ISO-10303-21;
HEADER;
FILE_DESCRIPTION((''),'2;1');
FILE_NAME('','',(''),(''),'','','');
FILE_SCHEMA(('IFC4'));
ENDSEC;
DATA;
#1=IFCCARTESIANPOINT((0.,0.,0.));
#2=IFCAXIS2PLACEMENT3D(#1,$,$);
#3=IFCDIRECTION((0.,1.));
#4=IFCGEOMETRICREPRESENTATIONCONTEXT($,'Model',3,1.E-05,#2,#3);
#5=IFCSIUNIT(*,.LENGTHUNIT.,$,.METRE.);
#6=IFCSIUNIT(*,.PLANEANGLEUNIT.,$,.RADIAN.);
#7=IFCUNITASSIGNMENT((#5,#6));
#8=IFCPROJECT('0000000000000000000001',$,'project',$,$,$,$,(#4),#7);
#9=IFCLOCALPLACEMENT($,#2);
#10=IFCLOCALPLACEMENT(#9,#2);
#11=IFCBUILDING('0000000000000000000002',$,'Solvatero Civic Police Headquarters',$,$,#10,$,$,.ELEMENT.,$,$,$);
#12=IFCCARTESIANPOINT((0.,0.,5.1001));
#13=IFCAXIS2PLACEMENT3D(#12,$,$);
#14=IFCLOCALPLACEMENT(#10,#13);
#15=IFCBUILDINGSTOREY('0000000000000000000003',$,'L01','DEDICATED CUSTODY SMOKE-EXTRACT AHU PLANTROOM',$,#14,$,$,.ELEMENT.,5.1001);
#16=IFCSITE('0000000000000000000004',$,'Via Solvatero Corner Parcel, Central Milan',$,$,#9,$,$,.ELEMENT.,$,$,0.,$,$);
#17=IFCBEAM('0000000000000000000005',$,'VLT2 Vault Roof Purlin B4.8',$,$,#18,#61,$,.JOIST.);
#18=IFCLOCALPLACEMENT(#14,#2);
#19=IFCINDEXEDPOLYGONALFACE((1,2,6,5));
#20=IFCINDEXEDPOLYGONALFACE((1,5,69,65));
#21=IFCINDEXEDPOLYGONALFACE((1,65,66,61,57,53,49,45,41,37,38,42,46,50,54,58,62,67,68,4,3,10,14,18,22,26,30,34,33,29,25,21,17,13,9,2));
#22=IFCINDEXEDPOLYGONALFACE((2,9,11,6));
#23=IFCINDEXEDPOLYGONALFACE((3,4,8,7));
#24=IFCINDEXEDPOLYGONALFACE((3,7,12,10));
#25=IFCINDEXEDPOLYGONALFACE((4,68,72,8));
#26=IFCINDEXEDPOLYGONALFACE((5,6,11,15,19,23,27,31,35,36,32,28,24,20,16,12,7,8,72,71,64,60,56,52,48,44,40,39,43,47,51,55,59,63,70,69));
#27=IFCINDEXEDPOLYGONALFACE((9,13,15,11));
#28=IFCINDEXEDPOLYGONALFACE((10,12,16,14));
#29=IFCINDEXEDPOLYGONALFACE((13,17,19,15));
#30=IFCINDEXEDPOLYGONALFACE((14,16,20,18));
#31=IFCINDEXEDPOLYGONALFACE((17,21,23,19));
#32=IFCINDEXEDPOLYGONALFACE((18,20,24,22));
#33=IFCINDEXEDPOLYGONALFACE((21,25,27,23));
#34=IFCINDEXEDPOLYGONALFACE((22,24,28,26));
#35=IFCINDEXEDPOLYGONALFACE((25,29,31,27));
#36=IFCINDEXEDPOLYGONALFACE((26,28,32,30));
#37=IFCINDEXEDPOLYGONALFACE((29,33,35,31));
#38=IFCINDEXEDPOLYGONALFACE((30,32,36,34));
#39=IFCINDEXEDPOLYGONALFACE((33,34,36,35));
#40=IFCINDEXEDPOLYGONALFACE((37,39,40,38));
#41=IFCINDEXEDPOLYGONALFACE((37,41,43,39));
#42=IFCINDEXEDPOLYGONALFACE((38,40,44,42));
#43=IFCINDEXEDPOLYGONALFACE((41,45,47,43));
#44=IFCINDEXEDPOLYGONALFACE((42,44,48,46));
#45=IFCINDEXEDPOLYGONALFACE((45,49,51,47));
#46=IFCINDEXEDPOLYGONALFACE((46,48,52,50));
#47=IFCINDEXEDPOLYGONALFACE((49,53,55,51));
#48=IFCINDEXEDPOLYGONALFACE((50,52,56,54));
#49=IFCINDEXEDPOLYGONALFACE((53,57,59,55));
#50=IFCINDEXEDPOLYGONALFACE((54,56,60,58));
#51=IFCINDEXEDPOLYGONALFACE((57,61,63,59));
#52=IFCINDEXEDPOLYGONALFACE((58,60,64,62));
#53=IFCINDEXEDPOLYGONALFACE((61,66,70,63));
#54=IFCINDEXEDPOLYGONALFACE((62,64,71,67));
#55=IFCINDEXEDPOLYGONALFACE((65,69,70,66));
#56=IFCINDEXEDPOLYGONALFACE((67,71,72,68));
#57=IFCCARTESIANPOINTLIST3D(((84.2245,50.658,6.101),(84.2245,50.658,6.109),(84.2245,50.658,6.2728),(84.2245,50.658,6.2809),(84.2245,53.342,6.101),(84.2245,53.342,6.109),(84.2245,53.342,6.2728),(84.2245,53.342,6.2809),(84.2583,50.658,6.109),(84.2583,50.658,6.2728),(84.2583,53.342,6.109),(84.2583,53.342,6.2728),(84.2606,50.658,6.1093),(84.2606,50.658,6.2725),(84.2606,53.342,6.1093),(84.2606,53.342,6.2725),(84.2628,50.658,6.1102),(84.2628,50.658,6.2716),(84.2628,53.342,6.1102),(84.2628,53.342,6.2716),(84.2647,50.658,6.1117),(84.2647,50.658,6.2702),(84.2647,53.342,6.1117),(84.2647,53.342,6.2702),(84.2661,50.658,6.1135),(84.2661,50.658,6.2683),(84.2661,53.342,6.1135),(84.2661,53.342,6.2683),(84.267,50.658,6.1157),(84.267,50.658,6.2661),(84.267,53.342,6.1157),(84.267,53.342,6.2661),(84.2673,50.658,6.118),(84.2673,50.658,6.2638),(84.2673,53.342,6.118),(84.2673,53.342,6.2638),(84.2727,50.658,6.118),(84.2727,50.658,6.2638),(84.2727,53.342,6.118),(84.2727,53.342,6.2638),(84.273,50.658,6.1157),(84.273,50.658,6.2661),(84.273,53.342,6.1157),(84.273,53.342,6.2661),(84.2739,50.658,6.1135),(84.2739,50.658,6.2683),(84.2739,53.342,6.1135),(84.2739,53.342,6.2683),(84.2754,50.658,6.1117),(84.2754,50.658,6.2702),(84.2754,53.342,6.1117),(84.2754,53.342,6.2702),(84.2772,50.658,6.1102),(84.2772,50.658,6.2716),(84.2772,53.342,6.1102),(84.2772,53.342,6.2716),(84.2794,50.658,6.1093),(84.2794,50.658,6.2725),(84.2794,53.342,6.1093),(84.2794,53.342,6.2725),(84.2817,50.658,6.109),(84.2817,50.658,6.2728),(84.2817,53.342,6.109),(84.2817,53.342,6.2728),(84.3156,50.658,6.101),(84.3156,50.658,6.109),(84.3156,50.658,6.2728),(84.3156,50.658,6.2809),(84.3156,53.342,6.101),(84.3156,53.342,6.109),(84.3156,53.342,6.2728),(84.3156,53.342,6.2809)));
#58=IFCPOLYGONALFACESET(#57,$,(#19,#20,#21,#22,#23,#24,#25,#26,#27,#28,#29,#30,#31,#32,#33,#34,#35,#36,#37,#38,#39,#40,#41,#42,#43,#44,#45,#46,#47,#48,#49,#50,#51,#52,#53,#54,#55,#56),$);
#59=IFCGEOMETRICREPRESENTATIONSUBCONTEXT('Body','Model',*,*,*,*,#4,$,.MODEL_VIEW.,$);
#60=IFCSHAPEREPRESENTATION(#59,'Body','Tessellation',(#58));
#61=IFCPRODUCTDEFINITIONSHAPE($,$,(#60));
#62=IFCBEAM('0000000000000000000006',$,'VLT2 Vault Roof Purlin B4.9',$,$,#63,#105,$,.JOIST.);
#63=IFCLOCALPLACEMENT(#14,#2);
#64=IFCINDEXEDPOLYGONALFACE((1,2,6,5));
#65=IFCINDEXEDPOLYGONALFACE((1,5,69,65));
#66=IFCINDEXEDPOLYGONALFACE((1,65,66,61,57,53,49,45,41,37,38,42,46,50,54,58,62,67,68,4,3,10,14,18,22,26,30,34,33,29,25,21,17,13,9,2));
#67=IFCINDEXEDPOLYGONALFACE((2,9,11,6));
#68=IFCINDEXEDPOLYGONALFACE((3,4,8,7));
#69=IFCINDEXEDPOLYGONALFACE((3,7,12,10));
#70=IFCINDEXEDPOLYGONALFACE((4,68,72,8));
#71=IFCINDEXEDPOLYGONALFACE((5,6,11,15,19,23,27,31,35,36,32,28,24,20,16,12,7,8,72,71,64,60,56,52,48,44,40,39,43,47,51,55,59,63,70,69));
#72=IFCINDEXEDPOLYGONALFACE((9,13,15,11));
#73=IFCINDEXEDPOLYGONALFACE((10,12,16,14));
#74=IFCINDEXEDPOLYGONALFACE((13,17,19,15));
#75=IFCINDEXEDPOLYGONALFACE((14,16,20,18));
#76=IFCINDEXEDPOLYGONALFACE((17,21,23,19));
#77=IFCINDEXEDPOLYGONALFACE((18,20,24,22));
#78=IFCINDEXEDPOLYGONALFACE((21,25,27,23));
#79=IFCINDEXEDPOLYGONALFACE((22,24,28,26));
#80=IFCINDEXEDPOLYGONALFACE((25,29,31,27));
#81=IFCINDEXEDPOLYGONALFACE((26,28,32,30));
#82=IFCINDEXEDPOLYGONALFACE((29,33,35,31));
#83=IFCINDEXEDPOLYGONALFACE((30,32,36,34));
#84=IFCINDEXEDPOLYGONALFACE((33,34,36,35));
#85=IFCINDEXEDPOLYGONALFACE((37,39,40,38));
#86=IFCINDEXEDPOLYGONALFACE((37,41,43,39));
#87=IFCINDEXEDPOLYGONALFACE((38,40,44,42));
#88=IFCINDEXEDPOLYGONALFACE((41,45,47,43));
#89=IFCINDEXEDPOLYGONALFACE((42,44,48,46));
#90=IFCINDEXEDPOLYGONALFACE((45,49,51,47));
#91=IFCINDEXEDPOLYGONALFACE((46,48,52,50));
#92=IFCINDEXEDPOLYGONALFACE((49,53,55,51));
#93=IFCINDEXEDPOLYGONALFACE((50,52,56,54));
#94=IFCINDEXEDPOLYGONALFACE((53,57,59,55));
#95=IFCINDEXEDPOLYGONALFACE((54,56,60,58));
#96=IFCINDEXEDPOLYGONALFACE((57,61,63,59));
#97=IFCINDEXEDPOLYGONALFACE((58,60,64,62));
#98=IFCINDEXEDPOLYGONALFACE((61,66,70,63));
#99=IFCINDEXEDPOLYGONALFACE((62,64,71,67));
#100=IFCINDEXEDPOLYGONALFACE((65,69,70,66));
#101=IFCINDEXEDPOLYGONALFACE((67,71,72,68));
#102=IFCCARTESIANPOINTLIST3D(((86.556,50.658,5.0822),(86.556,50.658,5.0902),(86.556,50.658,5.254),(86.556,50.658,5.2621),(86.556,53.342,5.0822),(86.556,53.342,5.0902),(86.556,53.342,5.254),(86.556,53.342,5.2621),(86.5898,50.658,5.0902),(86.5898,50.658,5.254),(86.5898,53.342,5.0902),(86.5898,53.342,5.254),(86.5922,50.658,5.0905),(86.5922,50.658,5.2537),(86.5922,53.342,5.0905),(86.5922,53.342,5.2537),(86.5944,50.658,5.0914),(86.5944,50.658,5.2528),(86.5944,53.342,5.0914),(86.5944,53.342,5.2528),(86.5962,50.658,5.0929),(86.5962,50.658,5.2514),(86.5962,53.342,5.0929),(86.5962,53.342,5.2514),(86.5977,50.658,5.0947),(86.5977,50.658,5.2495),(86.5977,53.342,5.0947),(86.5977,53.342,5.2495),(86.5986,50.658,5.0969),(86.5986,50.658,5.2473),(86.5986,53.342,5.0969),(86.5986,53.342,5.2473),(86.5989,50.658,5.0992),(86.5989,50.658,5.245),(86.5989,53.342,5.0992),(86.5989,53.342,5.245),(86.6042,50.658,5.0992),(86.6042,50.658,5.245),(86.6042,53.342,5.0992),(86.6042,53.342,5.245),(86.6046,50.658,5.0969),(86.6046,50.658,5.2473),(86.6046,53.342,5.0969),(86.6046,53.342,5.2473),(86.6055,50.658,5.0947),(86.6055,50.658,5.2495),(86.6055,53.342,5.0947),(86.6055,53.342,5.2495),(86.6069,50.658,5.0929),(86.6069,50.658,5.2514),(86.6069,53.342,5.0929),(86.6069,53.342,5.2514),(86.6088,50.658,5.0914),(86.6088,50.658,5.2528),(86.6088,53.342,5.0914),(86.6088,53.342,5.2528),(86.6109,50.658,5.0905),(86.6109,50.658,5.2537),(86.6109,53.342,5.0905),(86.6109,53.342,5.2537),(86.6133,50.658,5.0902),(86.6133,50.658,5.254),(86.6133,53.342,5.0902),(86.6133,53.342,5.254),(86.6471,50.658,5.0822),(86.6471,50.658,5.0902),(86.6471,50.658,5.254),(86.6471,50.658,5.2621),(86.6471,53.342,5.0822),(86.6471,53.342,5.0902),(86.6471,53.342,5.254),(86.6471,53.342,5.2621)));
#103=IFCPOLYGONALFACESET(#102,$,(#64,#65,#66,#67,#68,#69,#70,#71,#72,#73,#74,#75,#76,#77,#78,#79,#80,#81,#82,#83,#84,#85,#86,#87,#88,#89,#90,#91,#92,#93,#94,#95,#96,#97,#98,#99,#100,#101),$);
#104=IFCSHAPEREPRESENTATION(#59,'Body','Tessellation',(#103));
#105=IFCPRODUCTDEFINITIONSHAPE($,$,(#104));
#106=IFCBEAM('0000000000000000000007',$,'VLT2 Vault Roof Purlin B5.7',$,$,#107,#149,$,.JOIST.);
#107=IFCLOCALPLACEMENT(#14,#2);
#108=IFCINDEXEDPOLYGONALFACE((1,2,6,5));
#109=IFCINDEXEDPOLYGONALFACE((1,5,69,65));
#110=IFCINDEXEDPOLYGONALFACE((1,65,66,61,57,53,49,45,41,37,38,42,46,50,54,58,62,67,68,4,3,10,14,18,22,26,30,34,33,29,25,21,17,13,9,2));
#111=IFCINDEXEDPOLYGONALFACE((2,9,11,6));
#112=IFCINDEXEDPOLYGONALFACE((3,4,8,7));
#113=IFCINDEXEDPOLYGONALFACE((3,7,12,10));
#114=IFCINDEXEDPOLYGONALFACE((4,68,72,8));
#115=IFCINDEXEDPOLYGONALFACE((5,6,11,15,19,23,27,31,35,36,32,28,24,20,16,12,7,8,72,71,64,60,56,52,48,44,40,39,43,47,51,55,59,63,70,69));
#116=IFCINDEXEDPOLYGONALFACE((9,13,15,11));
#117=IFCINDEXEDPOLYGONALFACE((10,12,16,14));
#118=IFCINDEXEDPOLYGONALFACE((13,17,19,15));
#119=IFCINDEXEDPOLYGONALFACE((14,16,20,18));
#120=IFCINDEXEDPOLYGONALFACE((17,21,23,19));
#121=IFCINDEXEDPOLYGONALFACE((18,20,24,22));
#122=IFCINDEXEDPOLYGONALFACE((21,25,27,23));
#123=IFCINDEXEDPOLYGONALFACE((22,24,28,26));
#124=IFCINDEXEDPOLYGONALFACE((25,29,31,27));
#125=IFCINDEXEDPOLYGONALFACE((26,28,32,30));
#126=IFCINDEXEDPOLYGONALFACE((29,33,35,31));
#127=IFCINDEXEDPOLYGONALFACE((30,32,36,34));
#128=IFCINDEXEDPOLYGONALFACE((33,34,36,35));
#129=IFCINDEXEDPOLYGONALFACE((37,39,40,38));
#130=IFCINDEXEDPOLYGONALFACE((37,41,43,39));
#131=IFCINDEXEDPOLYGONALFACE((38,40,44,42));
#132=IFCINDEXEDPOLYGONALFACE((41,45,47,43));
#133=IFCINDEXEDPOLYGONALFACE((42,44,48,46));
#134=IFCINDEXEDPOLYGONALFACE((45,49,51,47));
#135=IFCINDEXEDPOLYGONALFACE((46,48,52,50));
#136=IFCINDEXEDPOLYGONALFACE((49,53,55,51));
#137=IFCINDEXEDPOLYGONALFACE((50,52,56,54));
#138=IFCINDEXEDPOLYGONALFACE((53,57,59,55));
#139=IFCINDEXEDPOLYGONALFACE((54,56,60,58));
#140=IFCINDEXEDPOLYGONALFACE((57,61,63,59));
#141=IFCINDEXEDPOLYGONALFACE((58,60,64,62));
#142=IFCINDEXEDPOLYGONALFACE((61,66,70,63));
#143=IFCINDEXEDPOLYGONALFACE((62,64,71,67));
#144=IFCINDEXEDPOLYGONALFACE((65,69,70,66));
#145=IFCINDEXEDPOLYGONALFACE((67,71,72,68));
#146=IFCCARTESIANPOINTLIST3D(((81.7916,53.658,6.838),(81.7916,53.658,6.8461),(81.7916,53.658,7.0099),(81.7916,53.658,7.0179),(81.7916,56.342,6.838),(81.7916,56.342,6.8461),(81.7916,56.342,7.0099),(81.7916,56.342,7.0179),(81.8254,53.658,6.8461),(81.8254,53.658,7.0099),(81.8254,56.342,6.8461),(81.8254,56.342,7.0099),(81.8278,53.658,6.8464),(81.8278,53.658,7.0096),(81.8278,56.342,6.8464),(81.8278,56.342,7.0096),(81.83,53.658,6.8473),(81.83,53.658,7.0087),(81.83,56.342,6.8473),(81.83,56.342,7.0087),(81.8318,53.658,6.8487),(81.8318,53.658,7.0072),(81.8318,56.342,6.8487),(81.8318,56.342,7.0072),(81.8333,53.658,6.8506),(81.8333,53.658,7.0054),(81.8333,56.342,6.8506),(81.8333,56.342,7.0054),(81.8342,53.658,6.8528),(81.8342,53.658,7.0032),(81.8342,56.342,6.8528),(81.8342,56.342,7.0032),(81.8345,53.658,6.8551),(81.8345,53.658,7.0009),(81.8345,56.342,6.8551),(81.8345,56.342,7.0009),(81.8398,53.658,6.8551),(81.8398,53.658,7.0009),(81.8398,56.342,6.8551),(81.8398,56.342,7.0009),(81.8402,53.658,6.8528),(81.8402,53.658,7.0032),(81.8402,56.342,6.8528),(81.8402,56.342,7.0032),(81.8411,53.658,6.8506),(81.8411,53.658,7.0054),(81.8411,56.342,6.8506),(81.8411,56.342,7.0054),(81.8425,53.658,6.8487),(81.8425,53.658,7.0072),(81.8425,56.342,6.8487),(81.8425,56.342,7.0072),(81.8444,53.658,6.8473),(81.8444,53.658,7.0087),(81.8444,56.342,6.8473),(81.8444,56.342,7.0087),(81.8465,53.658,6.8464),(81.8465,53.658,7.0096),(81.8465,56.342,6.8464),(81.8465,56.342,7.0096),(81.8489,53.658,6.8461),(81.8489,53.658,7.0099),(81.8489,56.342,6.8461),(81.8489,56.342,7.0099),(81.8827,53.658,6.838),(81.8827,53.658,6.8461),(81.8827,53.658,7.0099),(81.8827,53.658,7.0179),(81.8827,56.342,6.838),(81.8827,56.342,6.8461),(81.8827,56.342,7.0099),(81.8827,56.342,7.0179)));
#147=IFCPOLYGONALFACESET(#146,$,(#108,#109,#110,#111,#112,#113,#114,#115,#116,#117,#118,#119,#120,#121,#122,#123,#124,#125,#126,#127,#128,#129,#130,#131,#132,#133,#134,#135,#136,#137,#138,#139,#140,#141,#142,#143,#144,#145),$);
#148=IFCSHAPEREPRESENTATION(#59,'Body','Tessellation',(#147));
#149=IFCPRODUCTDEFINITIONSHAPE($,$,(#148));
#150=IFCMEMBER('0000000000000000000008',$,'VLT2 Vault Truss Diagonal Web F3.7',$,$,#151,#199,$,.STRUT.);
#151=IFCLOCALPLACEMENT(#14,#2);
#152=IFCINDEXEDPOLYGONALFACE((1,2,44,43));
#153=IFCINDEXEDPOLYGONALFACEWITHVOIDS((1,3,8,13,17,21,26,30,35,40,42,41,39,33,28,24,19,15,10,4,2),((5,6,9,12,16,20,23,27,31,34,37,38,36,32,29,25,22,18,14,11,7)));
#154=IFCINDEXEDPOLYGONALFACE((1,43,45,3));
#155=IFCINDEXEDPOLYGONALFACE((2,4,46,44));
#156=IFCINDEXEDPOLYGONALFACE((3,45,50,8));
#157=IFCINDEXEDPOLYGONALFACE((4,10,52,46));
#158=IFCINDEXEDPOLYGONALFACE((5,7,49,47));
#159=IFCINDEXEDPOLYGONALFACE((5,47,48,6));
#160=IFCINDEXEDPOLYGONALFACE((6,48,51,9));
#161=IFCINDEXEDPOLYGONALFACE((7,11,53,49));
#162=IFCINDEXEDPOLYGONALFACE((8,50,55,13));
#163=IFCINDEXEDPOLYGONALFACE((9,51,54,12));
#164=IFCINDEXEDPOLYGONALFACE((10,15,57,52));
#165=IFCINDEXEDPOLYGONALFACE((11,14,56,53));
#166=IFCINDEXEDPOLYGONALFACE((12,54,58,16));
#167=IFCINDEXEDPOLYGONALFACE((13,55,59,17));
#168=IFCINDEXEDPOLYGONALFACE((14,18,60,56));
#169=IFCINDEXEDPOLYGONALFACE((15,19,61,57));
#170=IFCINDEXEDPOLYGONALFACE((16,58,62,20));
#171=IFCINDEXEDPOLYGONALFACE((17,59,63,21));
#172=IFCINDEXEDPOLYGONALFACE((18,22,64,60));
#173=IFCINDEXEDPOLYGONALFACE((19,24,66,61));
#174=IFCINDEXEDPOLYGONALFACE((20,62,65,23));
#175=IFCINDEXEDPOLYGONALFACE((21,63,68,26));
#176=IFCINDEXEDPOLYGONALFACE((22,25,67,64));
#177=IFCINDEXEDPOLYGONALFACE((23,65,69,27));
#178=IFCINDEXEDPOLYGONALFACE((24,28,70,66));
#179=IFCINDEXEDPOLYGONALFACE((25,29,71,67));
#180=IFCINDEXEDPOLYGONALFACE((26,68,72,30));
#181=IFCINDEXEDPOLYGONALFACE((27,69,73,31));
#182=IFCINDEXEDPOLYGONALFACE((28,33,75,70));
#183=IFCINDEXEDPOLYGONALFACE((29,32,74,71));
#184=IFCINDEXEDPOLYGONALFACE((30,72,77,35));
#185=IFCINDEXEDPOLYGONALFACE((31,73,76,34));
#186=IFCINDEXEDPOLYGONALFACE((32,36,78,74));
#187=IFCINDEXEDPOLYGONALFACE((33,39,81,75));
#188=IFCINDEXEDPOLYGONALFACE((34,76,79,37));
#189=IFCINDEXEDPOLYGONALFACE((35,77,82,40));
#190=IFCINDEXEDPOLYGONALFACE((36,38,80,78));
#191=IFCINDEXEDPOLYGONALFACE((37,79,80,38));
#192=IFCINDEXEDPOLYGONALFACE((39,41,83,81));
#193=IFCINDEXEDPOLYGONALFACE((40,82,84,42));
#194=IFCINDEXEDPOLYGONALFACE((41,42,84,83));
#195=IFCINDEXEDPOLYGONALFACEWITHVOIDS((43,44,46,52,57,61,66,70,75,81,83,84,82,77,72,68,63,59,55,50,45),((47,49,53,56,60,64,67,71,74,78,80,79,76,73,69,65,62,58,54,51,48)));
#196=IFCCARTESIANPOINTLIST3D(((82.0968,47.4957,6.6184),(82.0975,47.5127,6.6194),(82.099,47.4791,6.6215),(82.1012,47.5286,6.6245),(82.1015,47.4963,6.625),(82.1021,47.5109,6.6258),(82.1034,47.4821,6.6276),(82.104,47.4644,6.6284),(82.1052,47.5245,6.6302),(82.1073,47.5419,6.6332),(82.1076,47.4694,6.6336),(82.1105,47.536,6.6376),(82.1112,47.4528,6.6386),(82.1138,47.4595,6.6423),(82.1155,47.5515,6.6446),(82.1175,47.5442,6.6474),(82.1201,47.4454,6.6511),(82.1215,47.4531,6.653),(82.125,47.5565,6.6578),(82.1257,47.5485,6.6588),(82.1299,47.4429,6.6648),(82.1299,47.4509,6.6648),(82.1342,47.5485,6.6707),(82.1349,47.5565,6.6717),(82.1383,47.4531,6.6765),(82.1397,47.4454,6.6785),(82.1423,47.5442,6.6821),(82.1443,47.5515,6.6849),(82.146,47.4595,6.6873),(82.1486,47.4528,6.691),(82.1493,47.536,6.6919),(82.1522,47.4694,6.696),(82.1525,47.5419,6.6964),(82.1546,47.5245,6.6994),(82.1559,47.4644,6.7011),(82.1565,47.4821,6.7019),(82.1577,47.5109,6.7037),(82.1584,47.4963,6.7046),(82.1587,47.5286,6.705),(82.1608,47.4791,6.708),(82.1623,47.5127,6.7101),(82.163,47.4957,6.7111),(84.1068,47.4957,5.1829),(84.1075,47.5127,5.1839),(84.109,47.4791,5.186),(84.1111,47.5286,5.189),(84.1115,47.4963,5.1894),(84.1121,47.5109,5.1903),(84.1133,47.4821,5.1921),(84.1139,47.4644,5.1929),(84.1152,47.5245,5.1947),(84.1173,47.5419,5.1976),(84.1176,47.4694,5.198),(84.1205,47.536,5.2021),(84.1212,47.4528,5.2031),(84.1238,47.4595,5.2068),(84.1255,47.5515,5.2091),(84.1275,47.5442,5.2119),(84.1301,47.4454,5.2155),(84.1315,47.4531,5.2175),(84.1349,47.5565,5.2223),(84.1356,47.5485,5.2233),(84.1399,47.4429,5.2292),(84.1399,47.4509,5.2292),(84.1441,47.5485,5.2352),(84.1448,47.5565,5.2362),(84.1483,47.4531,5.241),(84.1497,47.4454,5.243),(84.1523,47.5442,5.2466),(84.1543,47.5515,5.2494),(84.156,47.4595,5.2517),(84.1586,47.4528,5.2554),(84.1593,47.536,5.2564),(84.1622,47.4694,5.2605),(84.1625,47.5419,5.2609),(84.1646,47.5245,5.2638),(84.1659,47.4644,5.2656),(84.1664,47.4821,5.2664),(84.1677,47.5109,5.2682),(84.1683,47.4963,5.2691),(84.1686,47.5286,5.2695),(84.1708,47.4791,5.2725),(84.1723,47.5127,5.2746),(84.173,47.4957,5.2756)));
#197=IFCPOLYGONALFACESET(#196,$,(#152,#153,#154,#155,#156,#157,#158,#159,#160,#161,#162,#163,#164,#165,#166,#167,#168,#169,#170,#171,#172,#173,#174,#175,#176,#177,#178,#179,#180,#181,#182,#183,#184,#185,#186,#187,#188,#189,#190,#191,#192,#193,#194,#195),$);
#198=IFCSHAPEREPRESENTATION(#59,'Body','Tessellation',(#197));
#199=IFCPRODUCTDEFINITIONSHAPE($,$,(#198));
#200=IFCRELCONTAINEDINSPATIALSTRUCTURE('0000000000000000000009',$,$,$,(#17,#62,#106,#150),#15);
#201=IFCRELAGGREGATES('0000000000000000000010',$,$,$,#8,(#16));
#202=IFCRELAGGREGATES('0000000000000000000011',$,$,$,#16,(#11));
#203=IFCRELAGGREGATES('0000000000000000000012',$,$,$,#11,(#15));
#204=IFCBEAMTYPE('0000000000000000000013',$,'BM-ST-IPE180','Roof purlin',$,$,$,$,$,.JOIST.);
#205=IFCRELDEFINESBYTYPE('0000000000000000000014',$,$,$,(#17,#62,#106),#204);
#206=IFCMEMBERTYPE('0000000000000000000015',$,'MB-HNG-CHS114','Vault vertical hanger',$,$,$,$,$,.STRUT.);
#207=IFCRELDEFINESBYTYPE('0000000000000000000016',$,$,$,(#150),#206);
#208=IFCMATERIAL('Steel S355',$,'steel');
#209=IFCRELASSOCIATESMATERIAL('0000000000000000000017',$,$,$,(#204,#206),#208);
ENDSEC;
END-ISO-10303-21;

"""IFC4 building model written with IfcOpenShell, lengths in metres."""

from ifc_helpers import new_model, si_unit, direction, frame, origin, origin_2d, place, context, subcontext, project, spatial, hollow_circle, i_section, extrude, material, material_profile, profile_set, type_object, element, save


model = new_model("IFC4")

# Units and contexts
model_context = context("Model", 3, precision=1e-05, world=origin(), true_north=direction((0.0, 1.0)))
body_context = subcontext(model_context, "Body", "Model", "MODEL_VIEW")
ifc_project = project(units=[si_unit("LENGTHUNIT", "METRE"), si_unit("PLANEANGLEUNIT", "RADIAN")], contexts=[model_context])

# Site, building, storey
site_placement = place(None, origin())
site = spatial("IfcSite", under=ifc_project, at=site_placement, Name="Via Solvatero Corner Parcel, Central Milan", CompositionType="ELEMENT", RefElevation=0.0)
building_placement = place(site_placement, origin())
building = spatial("IfcBuilding", under=site, at=building_placement, Name="Solvatero Civic Police Headquarters", CompositionType="ELEMENT")
storey_placement = place(building_placement, frame((0.0, 0.0, 5.1001)))
storey = spatial("IfcBuildingStorey", under=building, at=storey_placement, Name="L01", Description="DEDICATED CUSTODY SMOKE-EXTRACT AHU PLANTROOM", CompositionType="ELEMENT", Elevation=5.1001)

# Beams
ifc_material = material(Name="Steel S355", Category="steel")
ifc_material_profile_1 = material_profile(ifc_material, i_section(OverallWidth=0.0911, OverallDepth=0.1799, WebThickness=0.0054, FlangeThickness=0.0081, FilletRadius=0.009, at=origin_2d()), Name="IPE 180")
ifc_profile_set_1 = profile_set([ifc_material_profile_1], Name="Steel S355")
beam_type_1 = type_object("IfcBeamType", Name="BM-ST-IPE180", Description="Roof purlin", PredefinedType="JOIST", material=ifc_profile_set_1)
for number, where, z_axis, x_axis, name in (
    (1, (84.27, 50.658, 6.1909), (0.0, 1.0, 0.0), (-1.0, 0.0, 0.0), "VLT2 Vault Roof Purlin B4.8"),
    (2, (86.6016, 50.658, 5.1721), (0.0, 1.0, 0.0), (-1.0, 0.0, 0.0), "VLT2 Vault Roof Purlin B4.9"),
    (3, (81.8372, 53.658, 6.928), (0.0, 1.0, 0.0), (-1.0, 0.0, 0.0), "VLT2 Vault Roof Purlin B5.7"),
):
    element("IfcBeam", number, at=place(storey_placement, frame(where, z_axis=z_axis, x_axis=x_axis)), inside=storey, type_object=beam_type_1, Name=name, PredefinedType="JOIST", context=body_context, shape_type="SweptSolid", body=[
        extrude(i_section(OverallWidth=0.0911, OverallDepth=0.1799, WebThickness=0.0054, FlangeThickness=0.0081, FilletRadius=0.009, at=origin_2d()), origin(), (0.0, 0.0, 1.0), 2.6841),
    ])

# Member
ifc_material_profile_2 = material_profile(ifc_material, hollow_circle(Radius=0.0571, WallThickness=0.0081, at=origin_2d()), Name="CHS 114.3x8.0")
ifc_profile_set_2 = profile_set([ifc_material_profile_2], Name="Steel S355")
member_type_1 = type_object("IfcMemberType", Name="MB-HNG-CHS114", Description="Vault vertical hanger", PredefinedType="STRUT", material=ifc_profile_set_2)
member_1_placement = place(storey_placement, frame((84.1399, 47.5, 5.2292), z_axis=(-0.813767, 0.0, 0.581191), x_axis=(0.0, -1.0, 0.0)))
element("IfcMember", 4, at=member_1_placement, inside=storey, type_object=member_type_1, Name="VLT2 Vault Truss Diagonal Web F3.7", PredefinedType="STRUT", context=body_context, shape_type="SweptSolid", body=[
    extrude(hollow_circle(Radius=0.0571, WallThickness=0.0081, at=origin_2d()), origin(), (0.0, 0.0, 1.0), 2.47),
])

save(model, "model.ifc")
